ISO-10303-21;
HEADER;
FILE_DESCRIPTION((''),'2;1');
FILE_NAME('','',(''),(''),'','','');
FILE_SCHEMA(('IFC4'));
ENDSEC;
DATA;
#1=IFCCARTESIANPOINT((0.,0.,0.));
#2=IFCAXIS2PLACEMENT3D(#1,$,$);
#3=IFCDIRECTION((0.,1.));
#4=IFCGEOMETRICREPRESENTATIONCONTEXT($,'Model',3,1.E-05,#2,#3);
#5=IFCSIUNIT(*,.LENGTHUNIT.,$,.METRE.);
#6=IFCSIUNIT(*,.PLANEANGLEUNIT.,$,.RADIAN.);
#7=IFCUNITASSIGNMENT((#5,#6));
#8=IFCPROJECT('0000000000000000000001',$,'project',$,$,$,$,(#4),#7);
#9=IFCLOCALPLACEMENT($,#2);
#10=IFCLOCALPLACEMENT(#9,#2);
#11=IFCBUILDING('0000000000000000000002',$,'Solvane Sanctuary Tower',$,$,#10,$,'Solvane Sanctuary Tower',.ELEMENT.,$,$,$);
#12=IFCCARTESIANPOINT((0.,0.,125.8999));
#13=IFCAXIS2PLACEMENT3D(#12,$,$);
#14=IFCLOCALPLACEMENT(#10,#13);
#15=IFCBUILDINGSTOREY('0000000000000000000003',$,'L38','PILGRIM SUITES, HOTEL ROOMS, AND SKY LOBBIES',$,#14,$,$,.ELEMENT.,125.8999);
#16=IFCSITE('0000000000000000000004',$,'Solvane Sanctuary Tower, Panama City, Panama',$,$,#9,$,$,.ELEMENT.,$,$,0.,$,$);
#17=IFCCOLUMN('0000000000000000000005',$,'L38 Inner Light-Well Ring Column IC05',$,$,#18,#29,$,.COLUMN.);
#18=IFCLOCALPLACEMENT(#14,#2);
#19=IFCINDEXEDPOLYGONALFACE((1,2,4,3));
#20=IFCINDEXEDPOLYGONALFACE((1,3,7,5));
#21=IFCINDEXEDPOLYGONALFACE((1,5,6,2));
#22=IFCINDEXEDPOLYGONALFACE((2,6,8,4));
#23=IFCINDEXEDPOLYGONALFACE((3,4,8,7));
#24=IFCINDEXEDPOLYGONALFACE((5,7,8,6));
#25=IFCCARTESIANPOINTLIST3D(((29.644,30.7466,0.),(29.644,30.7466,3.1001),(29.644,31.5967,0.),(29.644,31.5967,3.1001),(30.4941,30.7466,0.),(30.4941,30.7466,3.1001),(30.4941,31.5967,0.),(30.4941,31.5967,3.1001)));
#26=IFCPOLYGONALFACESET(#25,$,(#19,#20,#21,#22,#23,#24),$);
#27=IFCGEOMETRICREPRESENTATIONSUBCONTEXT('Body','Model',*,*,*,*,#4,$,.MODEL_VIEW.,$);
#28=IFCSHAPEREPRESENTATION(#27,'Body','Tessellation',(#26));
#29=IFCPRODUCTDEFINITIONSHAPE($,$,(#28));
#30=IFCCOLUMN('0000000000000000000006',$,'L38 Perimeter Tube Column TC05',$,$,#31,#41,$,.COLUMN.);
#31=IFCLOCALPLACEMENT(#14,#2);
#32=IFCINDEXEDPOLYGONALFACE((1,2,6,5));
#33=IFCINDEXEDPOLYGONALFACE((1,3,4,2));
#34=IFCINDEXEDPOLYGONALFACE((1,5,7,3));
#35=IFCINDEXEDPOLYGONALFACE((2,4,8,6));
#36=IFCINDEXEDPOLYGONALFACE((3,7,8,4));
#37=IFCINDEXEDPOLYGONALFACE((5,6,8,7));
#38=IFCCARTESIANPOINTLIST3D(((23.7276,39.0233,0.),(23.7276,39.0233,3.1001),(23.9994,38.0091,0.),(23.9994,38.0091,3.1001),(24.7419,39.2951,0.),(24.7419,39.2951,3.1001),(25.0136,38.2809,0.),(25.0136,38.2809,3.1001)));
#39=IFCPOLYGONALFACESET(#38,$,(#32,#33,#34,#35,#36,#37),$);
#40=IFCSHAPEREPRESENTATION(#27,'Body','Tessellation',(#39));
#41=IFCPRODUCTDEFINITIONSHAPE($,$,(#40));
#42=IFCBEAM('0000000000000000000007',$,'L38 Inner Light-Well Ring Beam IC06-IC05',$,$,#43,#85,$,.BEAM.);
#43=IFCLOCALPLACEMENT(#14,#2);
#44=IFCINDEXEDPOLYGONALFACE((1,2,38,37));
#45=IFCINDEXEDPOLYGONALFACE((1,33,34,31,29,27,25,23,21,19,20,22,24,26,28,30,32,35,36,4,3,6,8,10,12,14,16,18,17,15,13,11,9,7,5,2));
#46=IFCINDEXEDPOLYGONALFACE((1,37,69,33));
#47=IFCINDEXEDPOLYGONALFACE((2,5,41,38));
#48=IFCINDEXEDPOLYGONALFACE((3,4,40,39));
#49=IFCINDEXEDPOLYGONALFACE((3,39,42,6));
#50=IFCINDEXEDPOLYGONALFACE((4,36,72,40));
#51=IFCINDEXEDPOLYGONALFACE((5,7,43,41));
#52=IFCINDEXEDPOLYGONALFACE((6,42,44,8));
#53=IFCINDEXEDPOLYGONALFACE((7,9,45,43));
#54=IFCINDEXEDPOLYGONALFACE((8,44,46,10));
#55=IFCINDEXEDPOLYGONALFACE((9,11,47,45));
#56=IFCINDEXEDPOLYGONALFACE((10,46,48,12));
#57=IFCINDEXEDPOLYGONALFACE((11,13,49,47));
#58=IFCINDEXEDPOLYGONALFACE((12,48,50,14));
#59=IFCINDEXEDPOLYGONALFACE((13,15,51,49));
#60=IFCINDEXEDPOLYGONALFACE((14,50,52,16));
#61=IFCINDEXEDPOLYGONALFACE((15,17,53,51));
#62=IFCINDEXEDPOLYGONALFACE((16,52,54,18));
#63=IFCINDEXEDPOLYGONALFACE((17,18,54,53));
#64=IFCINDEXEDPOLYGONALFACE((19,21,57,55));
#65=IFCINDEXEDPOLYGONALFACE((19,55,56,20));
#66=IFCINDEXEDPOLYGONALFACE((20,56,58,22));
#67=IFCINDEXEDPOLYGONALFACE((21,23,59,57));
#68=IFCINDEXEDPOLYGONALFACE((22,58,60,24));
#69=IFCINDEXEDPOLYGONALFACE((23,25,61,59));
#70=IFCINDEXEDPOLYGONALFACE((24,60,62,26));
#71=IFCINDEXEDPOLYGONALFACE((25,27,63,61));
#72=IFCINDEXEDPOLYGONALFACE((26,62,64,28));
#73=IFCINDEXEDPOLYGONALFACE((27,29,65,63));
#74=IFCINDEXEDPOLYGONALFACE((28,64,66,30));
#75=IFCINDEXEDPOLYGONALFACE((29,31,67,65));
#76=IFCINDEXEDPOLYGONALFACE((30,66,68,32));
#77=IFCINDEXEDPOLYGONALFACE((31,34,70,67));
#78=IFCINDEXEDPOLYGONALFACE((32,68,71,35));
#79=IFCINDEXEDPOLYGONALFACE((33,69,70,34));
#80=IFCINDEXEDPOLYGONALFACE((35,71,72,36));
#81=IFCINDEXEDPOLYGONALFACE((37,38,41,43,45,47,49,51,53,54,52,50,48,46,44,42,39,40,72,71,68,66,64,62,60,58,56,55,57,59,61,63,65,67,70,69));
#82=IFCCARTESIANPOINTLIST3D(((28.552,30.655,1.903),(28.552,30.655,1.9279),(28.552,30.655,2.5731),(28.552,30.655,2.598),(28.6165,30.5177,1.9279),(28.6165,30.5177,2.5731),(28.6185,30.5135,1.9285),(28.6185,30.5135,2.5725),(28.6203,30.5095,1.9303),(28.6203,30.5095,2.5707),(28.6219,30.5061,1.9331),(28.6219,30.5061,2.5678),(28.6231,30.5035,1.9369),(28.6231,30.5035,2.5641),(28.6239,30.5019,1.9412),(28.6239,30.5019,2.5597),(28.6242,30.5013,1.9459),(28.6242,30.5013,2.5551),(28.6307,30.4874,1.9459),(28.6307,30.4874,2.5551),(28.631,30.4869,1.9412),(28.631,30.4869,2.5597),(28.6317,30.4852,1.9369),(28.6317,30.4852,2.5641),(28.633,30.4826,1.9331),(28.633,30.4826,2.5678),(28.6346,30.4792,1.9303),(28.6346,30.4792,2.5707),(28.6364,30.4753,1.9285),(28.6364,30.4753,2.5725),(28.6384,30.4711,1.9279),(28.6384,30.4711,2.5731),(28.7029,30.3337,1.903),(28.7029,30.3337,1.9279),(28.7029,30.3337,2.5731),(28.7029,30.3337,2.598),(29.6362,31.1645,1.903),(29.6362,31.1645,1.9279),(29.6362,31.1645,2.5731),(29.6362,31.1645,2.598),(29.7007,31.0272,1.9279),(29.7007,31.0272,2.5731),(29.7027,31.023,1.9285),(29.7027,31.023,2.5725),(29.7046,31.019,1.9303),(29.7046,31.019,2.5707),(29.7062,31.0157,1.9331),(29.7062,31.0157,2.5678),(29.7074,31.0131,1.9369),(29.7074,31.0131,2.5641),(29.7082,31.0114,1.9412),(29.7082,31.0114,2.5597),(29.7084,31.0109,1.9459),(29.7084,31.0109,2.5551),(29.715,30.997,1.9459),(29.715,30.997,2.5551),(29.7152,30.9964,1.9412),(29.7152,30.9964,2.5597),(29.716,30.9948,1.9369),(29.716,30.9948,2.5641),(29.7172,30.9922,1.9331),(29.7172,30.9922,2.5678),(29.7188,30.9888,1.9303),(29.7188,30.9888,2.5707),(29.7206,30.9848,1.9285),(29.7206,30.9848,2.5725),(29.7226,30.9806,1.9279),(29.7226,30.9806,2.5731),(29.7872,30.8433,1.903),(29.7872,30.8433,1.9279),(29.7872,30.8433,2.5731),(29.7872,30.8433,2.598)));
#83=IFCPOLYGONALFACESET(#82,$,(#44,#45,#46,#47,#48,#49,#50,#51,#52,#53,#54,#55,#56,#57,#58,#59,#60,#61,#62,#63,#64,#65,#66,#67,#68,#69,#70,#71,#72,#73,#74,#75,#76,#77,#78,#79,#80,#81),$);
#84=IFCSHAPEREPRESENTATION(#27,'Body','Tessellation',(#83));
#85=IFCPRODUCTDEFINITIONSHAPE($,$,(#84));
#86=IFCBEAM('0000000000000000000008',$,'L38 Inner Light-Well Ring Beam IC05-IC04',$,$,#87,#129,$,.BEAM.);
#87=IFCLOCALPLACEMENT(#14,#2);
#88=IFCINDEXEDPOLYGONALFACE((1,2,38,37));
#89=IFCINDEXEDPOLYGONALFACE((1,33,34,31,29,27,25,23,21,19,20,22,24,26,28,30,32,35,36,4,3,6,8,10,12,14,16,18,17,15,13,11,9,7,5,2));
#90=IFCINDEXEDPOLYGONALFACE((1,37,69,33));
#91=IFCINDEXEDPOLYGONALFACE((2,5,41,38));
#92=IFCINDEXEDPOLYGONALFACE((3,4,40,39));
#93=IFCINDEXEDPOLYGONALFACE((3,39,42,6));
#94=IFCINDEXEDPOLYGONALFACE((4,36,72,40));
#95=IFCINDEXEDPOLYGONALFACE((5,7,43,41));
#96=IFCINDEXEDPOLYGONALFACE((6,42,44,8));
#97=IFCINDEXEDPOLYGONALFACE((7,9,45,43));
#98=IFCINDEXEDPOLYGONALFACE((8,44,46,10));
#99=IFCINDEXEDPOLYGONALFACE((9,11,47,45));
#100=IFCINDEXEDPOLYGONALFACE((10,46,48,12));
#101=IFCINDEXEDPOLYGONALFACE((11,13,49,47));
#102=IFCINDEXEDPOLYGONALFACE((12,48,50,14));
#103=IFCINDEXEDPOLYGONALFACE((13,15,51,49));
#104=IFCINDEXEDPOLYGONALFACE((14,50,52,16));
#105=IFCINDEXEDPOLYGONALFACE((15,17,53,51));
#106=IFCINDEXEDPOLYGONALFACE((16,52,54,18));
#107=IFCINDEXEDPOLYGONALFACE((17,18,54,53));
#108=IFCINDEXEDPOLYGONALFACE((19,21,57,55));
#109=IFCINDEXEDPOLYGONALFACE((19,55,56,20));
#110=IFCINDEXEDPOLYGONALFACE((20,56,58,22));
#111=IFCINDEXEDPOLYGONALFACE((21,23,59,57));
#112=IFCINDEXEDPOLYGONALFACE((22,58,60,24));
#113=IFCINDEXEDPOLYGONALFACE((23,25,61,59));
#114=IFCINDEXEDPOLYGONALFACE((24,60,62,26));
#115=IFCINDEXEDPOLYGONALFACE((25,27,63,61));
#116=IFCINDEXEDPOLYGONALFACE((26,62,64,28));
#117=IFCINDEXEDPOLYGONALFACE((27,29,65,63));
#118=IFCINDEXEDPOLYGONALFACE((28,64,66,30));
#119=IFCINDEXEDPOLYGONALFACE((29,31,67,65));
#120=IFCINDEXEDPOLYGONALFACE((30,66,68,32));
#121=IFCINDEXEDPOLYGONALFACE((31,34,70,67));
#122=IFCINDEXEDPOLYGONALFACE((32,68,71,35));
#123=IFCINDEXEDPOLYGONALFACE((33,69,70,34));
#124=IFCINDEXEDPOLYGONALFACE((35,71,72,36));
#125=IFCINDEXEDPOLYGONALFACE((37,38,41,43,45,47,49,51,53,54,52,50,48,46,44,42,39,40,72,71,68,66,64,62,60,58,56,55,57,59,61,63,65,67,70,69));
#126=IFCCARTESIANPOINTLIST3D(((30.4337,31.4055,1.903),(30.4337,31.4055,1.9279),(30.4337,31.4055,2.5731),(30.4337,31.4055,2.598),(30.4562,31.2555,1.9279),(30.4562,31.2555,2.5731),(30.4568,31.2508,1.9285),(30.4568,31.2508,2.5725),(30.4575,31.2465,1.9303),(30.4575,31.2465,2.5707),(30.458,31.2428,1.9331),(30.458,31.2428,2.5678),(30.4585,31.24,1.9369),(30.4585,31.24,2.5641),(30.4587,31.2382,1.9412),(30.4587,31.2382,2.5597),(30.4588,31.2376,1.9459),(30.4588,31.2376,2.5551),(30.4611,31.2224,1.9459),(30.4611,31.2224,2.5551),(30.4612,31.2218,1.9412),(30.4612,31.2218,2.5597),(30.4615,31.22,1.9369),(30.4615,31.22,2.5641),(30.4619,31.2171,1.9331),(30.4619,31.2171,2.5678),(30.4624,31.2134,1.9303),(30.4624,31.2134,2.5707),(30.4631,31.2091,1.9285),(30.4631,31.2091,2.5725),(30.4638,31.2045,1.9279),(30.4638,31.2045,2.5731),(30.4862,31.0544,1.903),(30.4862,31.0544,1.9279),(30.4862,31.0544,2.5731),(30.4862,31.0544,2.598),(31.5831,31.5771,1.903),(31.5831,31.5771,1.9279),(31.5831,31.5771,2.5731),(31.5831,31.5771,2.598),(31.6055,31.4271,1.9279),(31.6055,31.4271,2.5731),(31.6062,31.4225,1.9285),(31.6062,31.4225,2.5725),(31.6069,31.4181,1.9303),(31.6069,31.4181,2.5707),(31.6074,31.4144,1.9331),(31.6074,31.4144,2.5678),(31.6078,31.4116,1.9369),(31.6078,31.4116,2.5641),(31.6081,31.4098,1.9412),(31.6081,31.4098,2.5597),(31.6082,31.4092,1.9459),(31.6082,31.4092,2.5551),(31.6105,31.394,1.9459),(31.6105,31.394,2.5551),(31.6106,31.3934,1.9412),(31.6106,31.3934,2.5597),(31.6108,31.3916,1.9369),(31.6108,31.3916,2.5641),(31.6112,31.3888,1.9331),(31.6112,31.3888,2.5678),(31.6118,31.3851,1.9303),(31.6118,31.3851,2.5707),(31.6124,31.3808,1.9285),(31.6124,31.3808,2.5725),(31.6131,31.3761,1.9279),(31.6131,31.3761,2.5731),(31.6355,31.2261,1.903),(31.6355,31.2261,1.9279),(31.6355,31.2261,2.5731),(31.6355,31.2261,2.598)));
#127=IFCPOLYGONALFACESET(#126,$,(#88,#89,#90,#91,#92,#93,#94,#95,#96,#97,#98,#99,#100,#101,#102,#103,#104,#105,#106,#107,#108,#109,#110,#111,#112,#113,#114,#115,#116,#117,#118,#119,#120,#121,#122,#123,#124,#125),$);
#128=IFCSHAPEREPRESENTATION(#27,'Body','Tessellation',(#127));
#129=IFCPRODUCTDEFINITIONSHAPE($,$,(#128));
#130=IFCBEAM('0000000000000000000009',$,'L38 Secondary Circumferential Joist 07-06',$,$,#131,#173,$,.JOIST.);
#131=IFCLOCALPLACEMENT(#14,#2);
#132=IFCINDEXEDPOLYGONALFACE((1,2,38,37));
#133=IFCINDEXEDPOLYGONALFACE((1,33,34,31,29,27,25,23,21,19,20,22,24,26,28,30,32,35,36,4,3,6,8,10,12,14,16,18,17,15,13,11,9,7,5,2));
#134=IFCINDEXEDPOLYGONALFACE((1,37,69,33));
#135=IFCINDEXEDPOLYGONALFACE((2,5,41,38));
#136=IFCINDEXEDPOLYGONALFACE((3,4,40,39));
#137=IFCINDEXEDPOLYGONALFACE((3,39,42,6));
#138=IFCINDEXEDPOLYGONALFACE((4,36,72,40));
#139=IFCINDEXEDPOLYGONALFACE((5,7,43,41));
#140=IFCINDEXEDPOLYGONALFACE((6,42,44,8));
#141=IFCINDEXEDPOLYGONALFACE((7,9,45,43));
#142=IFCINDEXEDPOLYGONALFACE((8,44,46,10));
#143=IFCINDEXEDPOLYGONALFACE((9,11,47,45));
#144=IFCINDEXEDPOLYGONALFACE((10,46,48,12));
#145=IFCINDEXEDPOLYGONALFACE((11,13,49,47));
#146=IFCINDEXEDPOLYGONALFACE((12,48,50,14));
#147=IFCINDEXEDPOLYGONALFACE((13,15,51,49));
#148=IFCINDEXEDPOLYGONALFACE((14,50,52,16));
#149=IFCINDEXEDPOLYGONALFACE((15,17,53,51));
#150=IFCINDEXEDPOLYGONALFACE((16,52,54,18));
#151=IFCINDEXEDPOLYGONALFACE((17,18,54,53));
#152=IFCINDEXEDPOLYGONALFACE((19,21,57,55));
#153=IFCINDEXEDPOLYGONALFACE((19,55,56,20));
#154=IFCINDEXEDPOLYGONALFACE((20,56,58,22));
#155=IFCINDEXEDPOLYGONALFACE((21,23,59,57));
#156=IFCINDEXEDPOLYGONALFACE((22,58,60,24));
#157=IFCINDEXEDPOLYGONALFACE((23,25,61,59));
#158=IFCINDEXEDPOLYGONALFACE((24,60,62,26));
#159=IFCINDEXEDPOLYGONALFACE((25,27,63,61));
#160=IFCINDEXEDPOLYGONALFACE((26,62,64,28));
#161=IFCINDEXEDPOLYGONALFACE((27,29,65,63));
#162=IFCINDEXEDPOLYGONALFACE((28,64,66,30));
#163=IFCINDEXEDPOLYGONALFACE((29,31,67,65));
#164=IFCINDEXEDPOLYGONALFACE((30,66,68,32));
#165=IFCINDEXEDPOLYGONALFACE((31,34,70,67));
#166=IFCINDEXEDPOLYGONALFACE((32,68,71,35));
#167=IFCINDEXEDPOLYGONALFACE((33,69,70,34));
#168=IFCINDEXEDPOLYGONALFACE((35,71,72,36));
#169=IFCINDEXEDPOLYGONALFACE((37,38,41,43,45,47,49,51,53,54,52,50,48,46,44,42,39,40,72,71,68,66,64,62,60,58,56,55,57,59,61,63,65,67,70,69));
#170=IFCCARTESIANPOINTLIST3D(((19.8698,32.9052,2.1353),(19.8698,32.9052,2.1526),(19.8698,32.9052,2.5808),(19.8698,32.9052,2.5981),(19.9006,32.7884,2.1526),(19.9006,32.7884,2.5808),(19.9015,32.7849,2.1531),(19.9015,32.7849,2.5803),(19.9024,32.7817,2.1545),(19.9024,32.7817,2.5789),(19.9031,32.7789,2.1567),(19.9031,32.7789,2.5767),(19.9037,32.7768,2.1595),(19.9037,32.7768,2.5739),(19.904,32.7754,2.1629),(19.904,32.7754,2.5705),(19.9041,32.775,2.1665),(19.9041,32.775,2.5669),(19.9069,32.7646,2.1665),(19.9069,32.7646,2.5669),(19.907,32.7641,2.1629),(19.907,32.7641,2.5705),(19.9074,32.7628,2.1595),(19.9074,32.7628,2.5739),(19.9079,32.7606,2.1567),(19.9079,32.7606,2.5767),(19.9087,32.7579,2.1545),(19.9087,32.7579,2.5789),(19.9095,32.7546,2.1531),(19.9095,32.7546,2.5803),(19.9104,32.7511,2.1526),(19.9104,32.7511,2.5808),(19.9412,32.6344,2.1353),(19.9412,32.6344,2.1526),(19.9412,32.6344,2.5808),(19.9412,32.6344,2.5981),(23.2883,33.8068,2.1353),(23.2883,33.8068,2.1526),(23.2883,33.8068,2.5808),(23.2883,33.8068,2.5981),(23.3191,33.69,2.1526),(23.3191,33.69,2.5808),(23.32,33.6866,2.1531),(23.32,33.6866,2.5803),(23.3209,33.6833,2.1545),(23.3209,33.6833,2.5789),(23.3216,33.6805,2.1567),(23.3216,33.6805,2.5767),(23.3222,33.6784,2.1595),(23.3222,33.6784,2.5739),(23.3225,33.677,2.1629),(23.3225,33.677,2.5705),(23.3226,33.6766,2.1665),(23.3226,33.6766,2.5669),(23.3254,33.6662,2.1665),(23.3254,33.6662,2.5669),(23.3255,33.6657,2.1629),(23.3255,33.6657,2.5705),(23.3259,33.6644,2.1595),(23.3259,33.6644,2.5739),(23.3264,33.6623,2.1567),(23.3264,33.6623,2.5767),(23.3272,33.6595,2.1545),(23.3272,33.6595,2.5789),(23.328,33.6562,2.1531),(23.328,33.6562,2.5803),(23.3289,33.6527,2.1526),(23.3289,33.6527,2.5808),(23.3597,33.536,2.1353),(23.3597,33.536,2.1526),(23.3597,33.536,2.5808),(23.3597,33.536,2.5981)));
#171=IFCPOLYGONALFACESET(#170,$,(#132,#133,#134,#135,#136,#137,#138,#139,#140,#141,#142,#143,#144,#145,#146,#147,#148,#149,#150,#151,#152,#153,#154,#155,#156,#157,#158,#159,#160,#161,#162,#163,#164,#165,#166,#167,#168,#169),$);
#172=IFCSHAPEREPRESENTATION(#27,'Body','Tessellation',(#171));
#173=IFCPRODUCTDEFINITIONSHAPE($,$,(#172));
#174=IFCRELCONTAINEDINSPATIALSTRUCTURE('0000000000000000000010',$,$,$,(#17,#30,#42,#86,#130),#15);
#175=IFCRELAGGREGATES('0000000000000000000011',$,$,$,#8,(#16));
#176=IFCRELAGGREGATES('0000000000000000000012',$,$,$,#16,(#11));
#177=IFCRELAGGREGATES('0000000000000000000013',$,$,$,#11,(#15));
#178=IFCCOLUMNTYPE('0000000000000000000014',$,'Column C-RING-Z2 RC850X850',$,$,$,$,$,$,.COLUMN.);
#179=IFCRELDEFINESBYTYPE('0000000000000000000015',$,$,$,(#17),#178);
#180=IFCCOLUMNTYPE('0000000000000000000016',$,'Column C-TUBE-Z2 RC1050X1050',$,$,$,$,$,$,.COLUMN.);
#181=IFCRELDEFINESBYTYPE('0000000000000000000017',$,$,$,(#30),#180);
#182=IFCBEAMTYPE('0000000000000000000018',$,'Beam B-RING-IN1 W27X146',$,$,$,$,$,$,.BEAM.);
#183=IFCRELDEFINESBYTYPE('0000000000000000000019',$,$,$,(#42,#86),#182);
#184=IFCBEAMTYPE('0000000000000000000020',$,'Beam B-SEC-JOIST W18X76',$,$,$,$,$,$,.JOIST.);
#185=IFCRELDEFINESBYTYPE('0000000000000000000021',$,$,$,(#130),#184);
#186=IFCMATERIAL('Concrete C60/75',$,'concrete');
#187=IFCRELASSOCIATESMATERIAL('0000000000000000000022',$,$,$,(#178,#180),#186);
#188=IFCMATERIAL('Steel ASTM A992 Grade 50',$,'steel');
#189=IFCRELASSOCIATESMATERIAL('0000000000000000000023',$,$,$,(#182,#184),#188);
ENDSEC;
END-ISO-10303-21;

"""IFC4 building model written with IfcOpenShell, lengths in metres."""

from ifc_helpers import new_model, si_unit, direction, frame, origin, origin_2d, place, context, subcontext, project, spatial, rectangle, i_section, extrude, material, material_profile, profile_set, type_object, element, save


model = new_model("IFC4")

# Units and contexts
model_context = context("Model", 3, precision=1e-05, world=origin(), true_north=direction((0.0, 1.0)))
body_context = subcontext(model_context, "Body", "Model", "MODEL_VIEW")
ifc_project = project(units=[si_unit("LENGTHUNIT", "METRE"), si_unit("PLANEANGLEUNIT", "RADIAN")], contexts=[model_context])

# Site, building, storey
site_placement = place(None, origin())
site = spatial("IfcSite", under=ifc_project, at=site_placement, Name="Solvane Sanctuary Tower, Panama City, Panama", CompositionType="ELEMENT", RefElevation=0.0)
building_placement = place(site_placement, origin())
building = spatial("IfcBuilding", under=site, at=building_placement, Name="Solvane Sanctuary Tower", LongName="Solvane Sanctuary Tower", CompositionType="ELEMENT")
storey_placement = place(building_placement, frame((0.0, 0.0, 125.8999)))
storey = spatial("IfcBuildingStorey", under=building, at=storey_placement, Name="L38", Description="PILGRIM SUITES, HOTEL ROOMS, AND SKY LOBBIES", CompositionType="ELEMENT", Elevation=125.8999)

# Columns
ifc_material_1 = material(Name="Concrete C60/75", Category="concrete")
ifc_material_profile_1 = material_profile(ifc_material_1, rectangle(XDim=0.8501, YDim=0.8501, at=origin_2d()), Name="RC850X850")
ifc_profile_set_1 = profile_set([ifc_material_profile_1], Name="Concrete C60/75")
column_type_1 = type_object("IfcColumnType", Name="Column C-RING-Z2 RC850X850", PredefinedType="COLUMN", material=ifc_profile_set_1)
column_1_placement = place(storey_placement, frame((30.0691, 31.1716, 0.0), z_axis=(0.0, 0.0, 1.0), x_axis=(1.0, 0.0, 0.0)))
element("IfcColumn", 1, at=column_1_placement, inside=storey, type_object=column_type_1, Name="L38 Inner Light-Well Ring Column IC05", PredefinedType="COLUMN", context=body_context, shape_type="SweptSolid", body=[
    extrude(rectangle(XDim=0.8501, YDim=0.8501, at=origin_2d()), origin(), (0.0, 0.0, 1.0), 3.1001),
])
ifc_material_profile_2 = material_profile(ifc_material_1, rectangle(XDim=1.05, YDim=1.05, at=origin_2d()), Name="RC1050X1050")
ifc_profile_set_2 = profile_set([ifc_material_profile_2], Name="Concrete C60/75")
column_type_2 = type_object("IfcColumnType", Name="Column C-TUBE-Z2 RC1050X1050", PredefinedType="COLUMN", material=ifc_profile_set_2)
column_2_placement = place(storey_placement, frame((24.3706, 38.6521, 0.0), z_axis=(0.0, 0.0, 1.0), x_axis=(-0.258819, 0.965926, 0.0)))
element("IfcColumn", 2, at=column_2_placement, inside=storey, type_object=column_type_2, Name="L38 Perimeter Tube Column TC05", PredefinedType="COLUMN", context=body_context, shape_type="SweptSolid", body=[
    extrude(rectangle(XDim=1.05, YDim=1.05, at=origin_2d()), origin(), (0.0, 0.0, 1.0), 3.1001),
])

# Beams
ifc_material_2 = material(Name="Steel ASTM A992 Grade 50", Category="steel")
ifc_material_profile_3 = material_profile(ifc_material_2, i_section(OverallWidth=0.355, OverallDepth=0.6951, WebThickness=0.0154, FlangeThickness=0.0249, FilletRadius=0.0181, at=origin_2d()), Name="W27X146")
ifc_profile_set_3 = profile_set([ifc_material_profile_3], Name="Steel ASTM A992 Grade 50")
beam_type_1 = type_object("IfcBeamType", Name="Beam B-RING-IN1 W27X146", PredefinedType="BEAM", material=ifc_profile_set_3)
beam_1_placement = place(storey_placement, frame((28.6274, 30.4944, 2.2505), z_axis=(0.905045, 0.425316, 0.0), x_axis=(-0.425316, 0.905045, 0.0)))
element("IfcBeam", 3, at=beam_1_placement, inside=storey, type_object=beam_type_1, Name="L38 Inner Light-Well Ring Beam IC06-IC05", PredefinedType="BEAM", context=body_context, shape_type="SweptSolid", body=[
    extrude(i_section(OverallWidth=0.355, OverallDepth=0.6951, WebThickness=0.0154, FlangeThickness=0.0249, FilletRadius=0.0181, at=origin_2d()), origin(), (0.0, 0.0, 1.0), 1.198),
])
beam_2_placement = place(storey_placement, frame((30.46, 31.23, 2.2505), z_axis=(0.989035, 0.147683, 0.0), x_axis=(-0.147683, 0.989035, 0.0)))
element("IfcBeam", 4, at=beam_2_placement, inside=storey, type_object=beam_type_1, Name="L38 Inner Light-Well Ring Beam IC05-IC04", PredefinedType="BEAM", context=body_context, shape_type="SweptSolid", body=[
    extrude(i_section(OverallWidth=0.355, OverallDepth=0.6951, WebThickness=0.0154, FlangeThickness=0.0249, FilletRadius=0.0181, at=origin_2d()), origin(), (0.0, 0.0, 1.0), 1.1621),
])
ifc_material_profile_4 = material_profile(ifc_material_2, i_section(OverallWidth=0.28, OverallDepth=0.4629, WebThickness=0.0107, FlangeThickness=0.0173, FilletRadius=0.0139, at=origin_2d()), Name="W18X76")
ifc_profile_set_4 = profile_set([ifc_material_profile_4], Name="Steel ASTM A992 Grade 50")
beam_type_2 = type_object("IfcBeamType", Name="Beam B-SEC-JOIST W18X76", PredefinedType="JOIST", material=ifc_profile_set_4)
beam_3_placement = place(storey_placement, frame((19.9055, 32.7698, 2.3667), z_axis=(0.966934, 0.255027, 0.0), x_axis=(-0.255027, 0.966934, 0.0)))
element("IfcBeam", 5, at=beam_3_placement, inside=storey, type_object=beam_type_2, Name="L38 Secondary Circumferential Joist 07-06", PredefinedType="JOIST", context=body_context, shape_type="SweptSolid", body=[
    extrude(i_section(OverallWidth=0.28, OverallDepth=0.4629, WebThickness=0.0107, FlangeThickness=0.0173, FilletRadius=0.0139, at=origin_2d()), origin(), (0.0, 0.0, 1.0), 3.5354),
])

save(model, "model.ifc")
